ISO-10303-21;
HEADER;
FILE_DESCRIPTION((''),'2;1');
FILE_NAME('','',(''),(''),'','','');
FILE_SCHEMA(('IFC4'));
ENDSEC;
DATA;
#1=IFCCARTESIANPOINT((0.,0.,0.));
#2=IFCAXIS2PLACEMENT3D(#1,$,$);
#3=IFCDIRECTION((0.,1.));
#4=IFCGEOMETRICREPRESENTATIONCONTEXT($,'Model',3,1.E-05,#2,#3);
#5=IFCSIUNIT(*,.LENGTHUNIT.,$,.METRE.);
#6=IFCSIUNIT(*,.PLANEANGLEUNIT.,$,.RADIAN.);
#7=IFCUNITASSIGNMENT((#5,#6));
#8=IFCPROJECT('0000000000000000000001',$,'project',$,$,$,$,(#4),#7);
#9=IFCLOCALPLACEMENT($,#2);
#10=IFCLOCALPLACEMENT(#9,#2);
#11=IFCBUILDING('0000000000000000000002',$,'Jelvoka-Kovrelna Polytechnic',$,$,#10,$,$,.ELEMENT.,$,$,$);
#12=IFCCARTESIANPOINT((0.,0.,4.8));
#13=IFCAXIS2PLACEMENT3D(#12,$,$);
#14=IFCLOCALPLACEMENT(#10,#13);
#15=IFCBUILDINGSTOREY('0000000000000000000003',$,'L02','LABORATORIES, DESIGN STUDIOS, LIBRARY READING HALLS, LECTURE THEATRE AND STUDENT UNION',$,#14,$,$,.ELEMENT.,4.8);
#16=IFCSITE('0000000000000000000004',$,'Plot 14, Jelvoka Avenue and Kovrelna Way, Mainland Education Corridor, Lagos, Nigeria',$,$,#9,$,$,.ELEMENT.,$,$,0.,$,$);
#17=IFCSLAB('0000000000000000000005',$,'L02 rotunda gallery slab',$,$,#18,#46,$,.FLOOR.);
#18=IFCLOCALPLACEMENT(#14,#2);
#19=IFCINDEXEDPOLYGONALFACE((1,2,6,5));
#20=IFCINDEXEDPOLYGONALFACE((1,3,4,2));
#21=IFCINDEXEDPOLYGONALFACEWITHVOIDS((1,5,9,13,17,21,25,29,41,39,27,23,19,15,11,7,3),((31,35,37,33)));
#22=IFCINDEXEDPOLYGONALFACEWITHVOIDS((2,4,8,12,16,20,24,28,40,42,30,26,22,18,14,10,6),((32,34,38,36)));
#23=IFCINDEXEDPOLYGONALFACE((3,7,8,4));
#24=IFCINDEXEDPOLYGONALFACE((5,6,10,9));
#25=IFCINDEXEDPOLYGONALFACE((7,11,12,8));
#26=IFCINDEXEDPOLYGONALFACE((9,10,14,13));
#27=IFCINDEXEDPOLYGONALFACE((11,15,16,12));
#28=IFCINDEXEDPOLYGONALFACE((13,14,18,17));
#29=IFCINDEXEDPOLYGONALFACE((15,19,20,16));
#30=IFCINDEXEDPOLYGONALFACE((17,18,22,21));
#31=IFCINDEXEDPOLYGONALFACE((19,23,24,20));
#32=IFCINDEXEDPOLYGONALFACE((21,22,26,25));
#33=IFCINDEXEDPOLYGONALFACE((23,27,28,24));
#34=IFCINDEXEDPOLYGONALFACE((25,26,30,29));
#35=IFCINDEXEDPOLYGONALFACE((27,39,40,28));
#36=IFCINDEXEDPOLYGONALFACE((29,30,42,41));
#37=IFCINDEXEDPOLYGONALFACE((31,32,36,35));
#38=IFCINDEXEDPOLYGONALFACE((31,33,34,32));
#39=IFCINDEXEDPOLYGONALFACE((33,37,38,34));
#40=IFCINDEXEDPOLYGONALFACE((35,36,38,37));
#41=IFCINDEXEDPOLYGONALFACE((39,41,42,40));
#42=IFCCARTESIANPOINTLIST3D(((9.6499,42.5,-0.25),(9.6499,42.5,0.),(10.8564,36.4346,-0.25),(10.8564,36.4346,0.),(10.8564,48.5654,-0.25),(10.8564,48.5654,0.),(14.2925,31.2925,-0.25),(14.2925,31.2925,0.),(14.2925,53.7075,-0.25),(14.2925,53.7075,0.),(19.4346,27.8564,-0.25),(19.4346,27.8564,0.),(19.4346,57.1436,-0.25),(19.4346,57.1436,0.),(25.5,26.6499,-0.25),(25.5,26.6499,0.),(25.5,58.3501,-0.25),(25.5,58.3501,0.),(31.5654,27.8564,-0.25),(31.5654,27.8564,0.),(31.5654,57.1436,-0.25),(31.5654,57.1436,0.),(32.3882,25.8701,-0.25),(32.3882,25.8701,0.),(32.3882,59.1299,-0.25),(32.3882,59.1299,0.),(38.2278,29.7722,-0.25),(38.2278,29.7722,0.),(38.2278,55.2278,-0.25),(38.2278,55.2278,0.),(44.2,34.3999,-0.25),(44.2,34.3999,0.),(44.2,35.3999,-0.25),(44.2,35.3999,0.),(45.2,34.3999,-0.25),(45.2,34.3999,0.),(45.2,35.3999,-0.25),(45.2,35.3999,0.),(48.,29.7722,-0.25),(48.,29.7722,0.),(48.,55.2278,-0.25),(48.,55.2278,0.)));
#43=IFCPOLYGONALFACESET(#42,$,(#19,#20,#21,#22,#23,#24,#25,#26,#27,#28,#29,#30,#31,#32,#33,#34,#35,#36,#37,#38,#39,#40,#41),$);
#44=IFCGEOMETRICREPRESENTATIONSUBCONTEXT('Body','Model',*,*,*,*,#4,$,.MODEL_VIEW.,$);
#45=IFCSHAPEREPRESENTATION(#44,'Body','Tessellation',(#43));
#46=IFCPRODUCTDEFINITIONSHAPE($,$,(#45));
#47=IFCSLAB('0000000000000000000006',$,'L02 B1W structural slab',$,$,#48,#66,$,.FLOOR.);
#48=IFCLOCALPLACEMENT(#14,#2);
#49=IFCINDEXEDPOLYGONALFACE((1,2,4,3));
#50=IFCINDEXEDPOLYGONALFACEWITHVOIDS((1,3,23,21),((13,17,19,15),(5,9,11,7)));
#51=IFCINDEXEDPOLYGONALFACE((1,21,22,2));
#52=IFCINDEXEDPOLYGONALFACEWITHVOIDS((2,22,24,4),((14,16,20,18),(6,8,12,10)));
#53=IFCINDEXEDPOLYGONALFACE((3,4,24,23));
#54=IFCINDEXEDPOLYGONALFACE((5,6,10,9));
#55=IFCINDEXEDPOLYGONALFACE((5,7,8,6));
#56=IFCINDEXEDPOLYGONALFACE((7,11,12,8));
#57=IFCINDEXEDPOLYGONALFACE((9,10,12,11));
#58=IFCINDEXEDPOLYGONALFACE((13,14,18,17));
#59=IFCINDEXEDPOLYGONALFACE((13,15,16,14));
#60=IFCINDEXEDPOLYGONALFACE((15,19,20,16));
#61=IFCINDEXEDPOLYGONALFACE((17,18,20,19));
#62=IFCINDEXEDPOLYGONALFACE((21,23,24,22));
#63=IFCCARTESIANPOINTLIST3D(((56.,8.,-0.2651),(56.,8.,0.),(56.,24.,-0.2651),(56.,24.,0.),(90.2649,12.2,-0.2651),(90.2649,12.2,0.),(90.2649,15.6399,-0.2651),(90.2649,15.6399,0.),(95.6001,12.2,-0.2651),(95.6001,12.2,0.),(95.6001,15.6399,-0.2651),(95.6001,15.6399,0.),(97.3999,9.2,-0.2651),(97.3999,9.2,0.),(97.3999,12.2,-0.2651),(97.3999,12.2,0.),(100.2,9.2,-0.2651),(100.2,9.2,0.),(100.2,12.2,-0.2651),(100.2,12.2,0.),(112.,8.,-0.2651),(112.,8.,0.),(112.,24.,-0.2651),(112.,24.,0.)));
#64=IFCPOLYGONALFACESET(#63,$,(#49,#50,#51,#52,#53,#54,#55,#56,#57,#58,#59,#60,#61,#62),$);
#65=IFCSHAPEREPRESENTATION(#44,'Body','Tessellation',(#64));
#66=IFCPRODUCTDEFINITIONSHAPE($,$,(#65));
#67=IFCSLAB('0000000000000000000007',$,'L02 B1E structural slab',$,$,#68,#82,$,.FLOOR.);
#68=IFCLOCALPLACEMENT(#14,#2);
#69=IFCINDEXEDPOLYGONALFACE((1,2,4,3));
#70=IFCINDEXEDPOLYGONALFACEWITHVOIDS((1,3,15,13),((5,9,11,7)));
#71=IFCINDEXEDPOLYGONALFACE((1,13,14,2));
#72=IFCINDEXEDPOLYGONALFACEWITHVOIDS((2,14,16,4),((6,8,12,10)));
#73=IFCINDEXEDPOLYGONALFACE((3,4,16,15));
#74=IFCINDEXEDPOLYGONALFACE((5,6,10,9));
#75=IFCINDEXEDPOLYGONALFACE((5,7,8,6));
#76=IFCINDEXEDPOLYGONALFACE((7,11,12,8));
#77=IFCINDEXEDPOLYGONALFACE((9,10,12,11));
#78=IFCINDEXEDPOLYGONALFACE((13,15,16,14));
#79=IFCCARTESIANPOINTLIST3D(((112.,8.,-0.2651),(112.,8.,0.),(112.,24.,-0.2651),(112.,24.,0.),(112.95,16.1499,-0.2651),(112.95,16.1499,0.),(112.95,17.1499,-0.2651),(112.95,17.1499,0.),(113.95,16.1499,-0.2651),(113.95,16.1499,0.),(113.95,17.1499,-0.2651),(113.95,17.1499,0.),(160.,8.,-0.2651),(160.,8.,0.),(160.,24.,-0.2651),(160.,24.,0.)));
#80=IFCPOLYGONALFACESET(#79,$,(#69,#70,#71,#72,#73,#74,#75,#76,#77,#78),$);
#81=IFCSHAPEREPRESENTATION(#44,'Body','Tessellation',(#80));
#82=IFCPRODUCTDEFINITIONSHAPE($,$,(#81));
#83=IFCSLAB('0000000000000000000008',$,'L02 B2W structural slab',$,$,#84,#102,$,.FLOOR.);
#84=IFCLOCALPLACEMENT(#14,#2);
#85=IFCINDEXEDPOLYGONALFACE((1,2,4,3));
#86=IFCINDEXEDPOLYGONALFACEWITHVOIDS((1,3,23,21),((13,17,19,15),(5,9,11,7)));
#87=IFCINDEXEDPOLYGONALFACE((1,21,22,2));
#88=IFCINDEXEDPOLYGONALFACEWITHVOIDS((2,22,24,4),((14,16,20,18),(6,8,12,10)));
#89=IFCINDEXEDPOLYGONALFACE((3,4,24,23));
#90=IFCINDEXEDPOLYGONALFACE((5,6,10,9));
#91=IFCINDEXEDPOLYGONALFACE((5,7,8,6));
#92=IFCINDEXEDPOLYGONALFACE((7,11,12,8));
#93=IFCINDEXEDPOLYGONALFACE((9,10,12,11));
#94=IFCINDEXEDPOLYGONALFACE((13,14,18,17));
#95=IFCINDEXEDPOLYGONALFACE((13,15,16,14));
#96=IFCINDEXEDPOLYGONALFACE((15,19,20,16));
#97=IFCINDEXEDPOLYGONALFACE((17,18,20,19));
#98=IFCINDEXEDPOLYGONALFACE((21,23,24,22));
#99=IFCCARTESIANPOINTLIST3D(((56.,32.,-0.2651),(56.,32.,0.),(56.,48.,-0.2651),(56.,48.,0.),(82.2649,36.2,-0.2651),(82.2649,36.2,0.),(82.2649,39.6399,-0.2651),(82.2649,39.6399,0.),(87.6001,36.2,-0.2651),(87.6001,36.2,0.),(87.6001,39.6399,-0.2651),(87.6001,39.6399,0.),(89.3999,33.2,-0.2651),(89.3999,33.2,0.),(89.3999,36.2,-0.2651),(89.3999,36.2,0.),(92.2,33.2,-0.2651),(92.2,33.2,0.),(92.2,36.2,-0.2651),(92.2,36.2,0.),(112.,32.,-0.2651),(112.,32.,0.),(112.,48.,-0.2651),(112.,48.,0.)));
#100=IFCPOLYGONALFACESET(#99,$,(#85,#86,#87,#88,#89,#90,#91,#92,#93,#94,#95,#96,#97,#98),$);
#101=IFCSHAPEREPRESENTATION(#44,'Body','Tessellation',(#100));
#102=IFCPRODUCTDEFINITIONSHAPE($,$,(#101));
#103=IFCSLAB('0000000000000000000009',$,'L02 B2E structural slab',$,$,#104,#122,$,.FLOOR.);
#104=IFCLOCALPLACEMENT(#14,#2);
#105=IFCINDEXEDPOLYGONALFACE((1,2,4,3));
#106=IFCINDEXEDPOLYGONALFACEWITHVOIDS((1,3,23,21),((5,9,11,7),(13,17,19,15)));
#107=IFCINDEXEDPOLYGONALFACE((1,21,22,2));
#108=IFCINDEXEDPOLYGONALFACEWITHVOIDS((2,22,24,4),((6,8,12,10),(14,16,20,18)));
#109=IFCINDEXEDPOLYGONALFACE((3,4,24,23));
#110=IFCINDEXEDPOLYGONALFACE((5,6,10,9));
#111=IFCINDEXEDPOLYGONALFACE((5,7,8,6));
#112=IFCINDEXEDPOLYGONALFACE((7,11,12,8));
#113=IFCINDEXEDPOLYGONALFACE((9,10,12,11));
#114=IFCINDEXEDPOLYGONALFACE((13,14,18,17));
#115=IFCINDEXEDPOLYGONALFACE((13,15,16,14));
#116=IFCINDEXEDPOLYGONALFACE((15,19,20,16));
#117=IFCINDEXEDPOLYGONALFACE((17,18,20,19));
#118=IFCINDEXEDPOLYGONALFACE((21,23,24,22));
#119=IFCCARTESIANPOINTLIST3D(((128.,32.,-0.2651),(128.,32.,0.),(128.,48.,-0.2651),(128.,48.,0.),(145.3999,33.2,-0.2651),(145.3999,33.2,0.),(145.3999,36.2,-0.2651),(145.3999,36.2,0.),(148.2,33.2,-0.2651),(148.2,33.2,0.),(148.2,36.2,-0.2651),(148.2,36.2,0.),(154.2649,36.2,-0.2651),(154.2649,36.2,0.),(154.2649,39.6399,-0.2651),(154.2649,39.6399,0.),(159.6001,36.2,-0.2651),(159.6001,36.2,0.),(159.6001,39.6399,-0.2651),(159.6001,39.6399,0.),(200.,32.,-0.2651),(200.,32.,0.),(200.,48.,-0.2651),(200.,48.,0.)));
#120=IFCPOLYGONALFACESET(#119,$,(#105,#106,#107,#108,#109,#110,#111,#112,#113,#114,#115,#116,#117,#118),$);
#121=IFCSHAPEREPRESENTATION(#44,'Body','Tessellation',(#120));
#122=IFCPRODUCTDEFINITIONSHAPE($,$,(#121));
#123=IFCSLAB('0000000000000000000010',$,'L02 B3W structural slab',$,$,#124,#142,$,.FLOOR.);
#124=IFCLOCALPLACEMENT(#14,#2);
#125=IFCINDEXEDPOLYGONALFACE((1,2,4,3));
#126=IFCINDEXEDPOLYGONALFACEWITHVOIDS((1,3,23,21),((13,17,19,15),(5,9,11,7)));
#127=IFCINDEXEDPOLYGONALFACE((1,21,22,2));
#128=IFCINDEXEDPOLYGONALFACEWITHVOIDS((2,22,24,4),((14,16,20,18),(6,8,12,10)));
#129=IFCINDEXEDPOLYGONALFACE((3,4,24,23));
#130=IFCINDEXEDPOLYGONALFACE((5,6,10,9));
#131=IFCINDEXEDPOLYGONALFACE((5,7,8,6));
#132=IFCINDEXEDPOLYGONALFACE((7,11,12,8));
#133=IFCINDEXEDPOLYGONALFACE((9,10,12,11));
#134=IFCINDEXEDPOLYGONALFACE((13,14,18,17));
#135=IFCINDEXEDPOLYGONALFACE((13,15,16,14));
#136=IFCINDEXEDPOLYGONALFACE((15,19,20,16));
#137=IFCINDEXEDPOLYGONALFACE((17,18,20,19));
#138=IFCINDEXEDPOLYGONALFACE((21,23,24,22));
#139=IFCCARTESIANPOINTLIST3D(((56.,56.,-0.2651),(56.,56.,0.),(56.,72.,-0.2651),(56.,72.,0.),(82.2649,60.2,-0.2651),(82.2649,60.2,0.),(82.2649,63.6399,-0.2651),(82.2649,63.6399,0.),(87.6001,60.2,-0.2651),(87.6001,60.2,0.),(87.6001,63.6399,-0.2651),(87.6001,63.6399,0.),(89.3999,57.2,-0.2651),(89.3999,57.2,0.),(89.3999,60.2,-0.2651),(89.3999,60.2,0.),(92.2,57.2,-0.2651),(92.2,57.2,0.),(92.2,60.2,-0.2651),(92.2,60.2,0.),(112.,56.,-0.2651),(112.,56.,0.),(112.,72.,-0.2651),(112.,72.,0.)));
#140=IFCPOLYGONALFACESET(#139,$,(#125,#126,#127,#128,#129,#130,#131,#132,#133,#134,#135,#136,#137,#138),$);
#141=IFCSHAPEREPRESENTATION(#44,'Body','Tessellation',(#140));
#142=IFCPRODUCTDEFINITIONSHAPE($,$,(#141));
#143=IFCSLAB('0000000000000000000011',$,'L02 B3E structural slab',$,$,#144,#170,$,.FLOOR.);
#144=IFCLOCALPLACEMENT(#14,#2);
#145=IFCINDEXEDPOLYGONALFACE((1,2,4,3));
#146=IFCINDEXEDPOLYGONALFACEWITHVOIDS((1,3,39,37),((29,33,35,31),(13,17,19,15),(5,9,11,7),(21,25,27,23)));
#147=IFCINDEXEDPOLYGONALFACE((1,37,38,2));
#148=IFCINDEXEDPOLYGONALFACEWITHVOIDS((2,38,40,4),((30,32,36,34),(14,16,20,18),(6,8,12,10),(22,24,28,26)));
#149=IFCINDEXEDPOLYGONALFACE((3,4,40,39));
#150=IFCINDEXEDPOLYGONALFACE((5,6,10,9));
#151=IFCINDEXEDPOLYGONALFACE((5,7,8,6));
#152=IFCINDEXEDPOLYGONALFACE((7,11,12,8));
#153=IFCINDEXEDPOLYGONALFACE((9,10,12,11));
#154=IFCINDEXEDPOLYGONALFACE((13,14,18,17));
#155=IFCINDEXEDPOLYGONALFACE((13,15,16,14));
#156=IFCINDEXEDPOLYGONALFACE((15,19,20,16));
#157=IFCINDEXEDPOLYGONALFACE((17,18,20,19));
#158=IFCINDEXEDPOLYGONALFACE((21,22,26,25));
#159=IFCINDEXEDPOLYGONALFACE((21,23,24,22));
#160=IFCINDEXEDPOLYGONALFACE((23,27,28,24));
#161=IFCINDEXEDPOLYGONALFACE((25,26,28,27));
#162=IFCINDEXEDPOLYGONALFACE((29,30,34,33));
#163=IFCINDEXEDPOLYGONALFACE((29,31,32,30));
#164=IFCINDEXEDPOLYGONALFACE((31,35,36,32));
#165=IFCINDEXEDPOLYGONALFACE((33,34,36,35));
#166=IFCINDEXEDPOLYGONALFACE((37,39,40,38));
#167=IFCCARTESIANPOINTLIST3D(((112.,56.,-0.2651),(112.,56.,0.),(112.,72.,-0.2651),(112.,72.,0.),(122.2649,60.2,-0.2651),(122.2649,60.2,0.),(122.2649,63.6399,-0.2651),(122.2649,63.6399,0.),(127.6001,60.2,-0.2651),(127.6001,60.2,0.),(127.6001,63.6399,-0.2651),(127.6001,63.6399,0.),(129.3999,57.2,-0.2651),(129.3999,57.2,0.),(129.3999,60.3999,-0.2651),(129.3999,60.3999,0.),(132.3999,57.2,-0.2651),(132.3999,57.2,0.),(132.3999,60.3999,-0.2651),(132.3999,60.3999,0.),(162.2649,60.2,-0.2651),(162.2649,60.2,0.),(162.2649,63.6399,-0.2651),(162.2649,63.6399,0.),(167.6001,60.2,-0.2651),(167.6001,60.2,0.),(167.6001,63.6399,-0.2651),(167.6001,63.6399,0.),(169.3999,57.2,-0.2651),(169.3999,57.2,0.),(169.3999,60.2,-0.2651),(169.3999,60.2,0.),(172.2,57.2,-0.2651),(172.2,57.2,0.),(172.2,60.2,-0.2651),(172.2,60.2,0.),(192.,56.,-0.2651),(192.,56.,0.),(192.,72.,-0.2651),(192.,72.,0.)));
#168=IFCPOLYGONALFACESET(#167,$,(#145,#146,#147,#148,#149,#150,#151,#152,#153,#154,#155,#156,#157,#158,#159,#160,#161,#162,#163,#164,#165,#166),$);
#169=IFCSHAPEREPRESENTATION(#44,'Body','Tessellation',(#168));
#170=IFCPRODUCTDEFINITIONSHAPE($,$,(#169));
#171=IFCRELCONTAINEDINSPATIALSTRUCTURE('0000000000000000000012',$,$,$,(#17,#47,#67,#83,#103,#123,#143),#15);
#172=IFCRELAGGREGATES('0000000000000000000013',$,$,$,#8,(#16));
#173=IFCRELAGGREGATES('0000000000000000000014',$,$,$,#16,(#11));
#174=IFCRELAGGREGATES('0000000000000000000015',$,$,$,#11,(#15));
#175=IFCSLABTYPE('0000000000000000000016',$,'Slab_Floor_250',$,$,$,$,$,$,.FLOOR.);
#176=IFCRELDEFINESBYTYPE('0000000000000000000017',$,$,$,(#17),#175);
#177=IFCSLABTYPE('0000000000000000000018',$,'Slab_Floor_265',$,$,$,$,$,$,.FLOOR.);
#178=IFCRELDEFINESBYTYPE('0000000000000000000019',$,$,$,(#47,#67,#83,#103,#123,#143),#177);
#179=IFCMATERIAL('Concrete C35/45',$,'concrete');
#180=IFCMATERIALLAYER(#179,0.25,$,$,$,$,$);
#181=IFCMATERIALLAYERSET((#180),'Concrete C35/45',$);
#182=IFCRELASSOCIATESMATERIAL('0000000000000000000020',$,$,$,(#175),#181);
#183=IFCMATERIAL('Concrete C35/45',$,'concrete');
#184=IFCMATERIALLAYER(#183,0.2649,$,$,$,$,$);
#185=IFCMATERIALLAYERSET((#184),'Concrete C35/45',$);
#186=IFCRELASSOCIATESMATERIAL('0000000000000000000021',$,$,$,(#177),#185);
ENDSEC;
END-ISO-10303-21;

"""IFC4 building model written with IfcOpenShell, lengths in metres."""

from ifc_helpers import new_model, si_unit, direction, frame, origin, place, context, subcontext, project, spatial, polyline, outline, extrude, material, layer, layer_set, type_object, element, save


model = new_model("IFC4")

# Units and contexts
model_context = context("Model", 3, precision=1e-05, world=origin(), true_north=direction((0.0, 1.0)))
body_context = subcontext(model_context, "Body", "Model", "MODEL_VIEW")
ifc_project = project(units=[si_unit("LENGTHUNIT", "METRE"), si_unit("PLANEANGLEUNIT", "RADIAN")], contexts=[model_context])

# Site, building, storey
site_placement = place(None, origin())
site = spatial("IfcSite", under=ifc_project, at=site_placement, Name="Plot 14, Jelvoka Avenue and Kovrelna Way, Mainland Education Corridor, Lagos, Nigeria", CompositionType="ELEMENT", RefElevation=0.0)
building_placement = place(site_placement, origin())
building = spatial("IfcBuilding", under=site, at=building_placement, Name="Jelvoka-Kovrelna Polytechnic", CompositionType="ELEMENT")
storey_placement = place(building_placement, frame((0.0, 0.0, 4.8)))
storey = spatial("IfcBuildingStorey", under=building, at=storey_placement, Name="L02", Description="LABORATORIES, DESIGN STUDIOS, LIBRARY READING HALLS, LECTURE THEATRE AND STUDENT UNION", CompositionType="ELEMENT", Elevation=4.8)

# Slabs
ifc_material_1 = material(Name="Concrete C35/45", Category="concrete")
ifc_layer_1 = layer(ifc_material_1, 0.25)
ifc_layer_set_1 = layer_set([ifc_layer_1], Name="Concrete C35/45")
slab_type_1 = type_object("IfcSlabType", Name="Slab_Floor_250", PredefinedType="FLOOR", material=ifc_layer_set_1)
slab_1_placement = place(storey_placement, frame((0.0, 0.0, -0.25)))
element("IfcSlab", 1, at=slab_1_placement, inside=storey, type_object=slab_type_1, Name="L02 rotunda gallery slab", PredefinedType="FLOOR", context=body_context, shape_type="SweptSolid", body=[
    extrude(outline(polyline([(48.0, 29.7722), (48.0, 55.2278), (38.2278, 55.2278), (32.3882, 59.1299), (31.5654, 57.1436), (25.5, 58.3501), (19.4346, 57.1436), (14.2925, 53.7075), (10.8564, 48.5654), (9.6499, 42.5), (10.8564, 36.4346), (14.2925, 31.2925), (19.4346, 27.8564), (25.5, 26.6499), (31.5654, 27.8564), (32.3882, 25.8701), (38.2278, 29.7722), (48.0, 29.7722)]), holes=[polyline([(44.2, 34.3999), (45.2, 34.3999), (45.2, 35.3999), (44.2, 35.3999), (44.2, 34.3999)])]), origin(), (0.0, 0.0, 1.0), 0.25),
])
ifc_material_2 = material(Name="Concrete C35/45", Category="concrete")
ifc_layer_2 = layer(ifc_material_2, 0.2649)
ifc_layer_set_2 = layer_set([ifc_layer_2], Name="Concrete C35/45")
slab_type_2 = type_object("IfcSlabType", Name="Slab_Floor_265", PredefinedType="FLOOR", material=ifc_layer_set_2)
slab_2_placement = place(storey_placement, frame((0.0, 0.0, -0.2651)))
element("IfcSlab", 2, at=slab_2_placement, inside=storey, type_object=slab_type_2, Name="L02 B1W structural slab", PredefinedType="FLOOR", context=body_context, shape_type="SweptSolid", body=[
    extrude(outline(polyline([(56.0, 8.0), (112.0, 8.0), (112.0, 24.0), (56.0, 24.0), (56.0, 8.0)]), holes=[polyline([(97.3999, 9.2), (100.2, 9.2), (100.2, 12.2), (97.3999, 12.2), (97.3999, 9.2)]), polyline([(90.2649, 12.2), (95.6001, 12.2), (95.6001, 15.6399), (90.2649, 15.6399), (90.2649, 12.2)])]), origin(), (0.0, 0.0, 1.0), 0.2651),
])
slab_3_placement = place(storey_placement, frame((0.0, 0.0, -0.2651)))
element("IfcSlab", 3, at=slab_3_placement, inside=storey, type_object=slab_type_2, Name="L02 B1E structural slab", PredefinedType="FLOOR", context=body_context, shape_type="SweptSolid", body=[
    extrude(outline(polyline([(112.0, 8.0), (160.0, 8.0), (160.0, 24.0), (112.0, 24.0), (112.0, 8.0)]), holes=[polyline([(112.95, 16.1499), (113.95, 16.1499), (113.95, 17.1499), (112.95, 17.1499), (112.95, 16.1499)])]), origin(), (0.0, 0.0, 1.0), 0.2651),
])
slab_4_placement = place(storey_placement, frame((0.0, 0.0, -0.2651)))
element("IfcSlab", 4, at=slab_4_placement, inside=storey, type_object=slab_type_2, Name="L02 B2W structural slab", PredefinedType="FLOOR", context=body_context, shape_type="SweptSolid", body=[
    extrude(outline(polyline([(56.0, 32.0), (112.0, 32.0), (112.0, 48.0), (56.0, 48.0), (56.0, 32.0)]), holes=[polyline([(89.3999, 33.2), (92.2, 33.2), (92.2, 36.2), (89.3999, 36.2), (89.3999, 33.2)]), polyline([(82.2649, 36.2), (87.6001, 36.2), (87.6001, 39.6399), (82.2649, 39.6399), (82.2649, 36.2)])]), origin(), (0.0, 0.0, 1.0), 0.2651),
])
slab_5_placement = place(storey_placement, frame((0.0, 0.0, -0.2651)))
element("IfcSlab", 5, at=slab_5_placement, inside=storey, type_object=slab_type_2, Name="L02 B2E structural slab", PredefinedType="FLOOR", context=body_context, shape_type="SweptSolid", body=[
    extrude(outline(polyline([(128.0, 32.0), (200.0, 32.0), (200.0, 48.0), (128.0, 48.0), (128.0, 32.0)]), holes=[polyline([(145.3999, 33.2), (148.2, 33.2), (148.2, 36.2), (145.3999, 36.2), (145.3999, 33.2)]), polyline([(154.2649, 36.2), (159.6001, 36.2), (159.6001, 39.6399), (154.2649, 39.6399), (154.2649, 36.2)])]), origin(), (0.0, 0.0, 1.0), 0.2651),
])
slab_6_placement = place(storey_placement, frame((0.0, 0.0, -0.2651)))
element("IfcSlab", 6, at=slab_6_placement, inside=storey, type_object=slab_type_2, Name="L02 B3W structural slab", PredefinedType="FLOOR", context=body_context, shape_type="SweptSolid", body=[
    extrude(outline(polyline([(56.0, 56.0), (112.0, 56.0), (112.0, 72.0), (56.0, 72.0), (56.0, 56.0)]), holes=[polyline([(89.3999, 57.2), (92.2, 57.2), (92.2, 60.2), (89.3999, 60.2), (89.3999, 57.2)]), polyline([(82.2649, 60.2), (87.6001, 60.2), (87.6001, 63.6399), (82.2649, 63.6399), (82.2649, 60.2)])]), origin(), (0.0, 0.0, 1.0), 0.2651),
])
slab_7_placement = place(storey_placement, frame((0.0, 0.0, -0.2651)))
element("IfcSlab", 7, at=slab_7_placement, inside=storey, type_object=slab_type_2, Name="L02 B3E structural slab", PredefinedType="FLOOR", context=body_context, shape_type="SweptSolid", body=[
    extrude(outline(polyline([(112.0, 56.0), (192.0, 56.0), (192.0, 72.0), (112.0, 72.0), (112.0, 56.0)]), holes=[polyline([(169.3999, 57.2), (172.2, 57.2), (172.2, 60.2), (169.3999, 60.2), (169.3999, 57.2)]), polyline([(129.3999, 57.2), (132.3999, 57.2), (132.3999, 60.3999), (129.3999, 60.3999), (129.3999, 57.2)]), polyline([(162.2649, 60.2), (167.6001, 60.2), (167.6001, 63.6399), (162.2649, 63.6399), (162.2649, 60.2)]), polyline([(122.2649, 60.2), (127.6001, 60.2), (127.6001, 63.6399), (122.2649, 63.6399), (122.2649, 60.2)])]), origin(), (0.0, 0.0, 1.0), 0.2651),
])

save(model, "model.ifc")
